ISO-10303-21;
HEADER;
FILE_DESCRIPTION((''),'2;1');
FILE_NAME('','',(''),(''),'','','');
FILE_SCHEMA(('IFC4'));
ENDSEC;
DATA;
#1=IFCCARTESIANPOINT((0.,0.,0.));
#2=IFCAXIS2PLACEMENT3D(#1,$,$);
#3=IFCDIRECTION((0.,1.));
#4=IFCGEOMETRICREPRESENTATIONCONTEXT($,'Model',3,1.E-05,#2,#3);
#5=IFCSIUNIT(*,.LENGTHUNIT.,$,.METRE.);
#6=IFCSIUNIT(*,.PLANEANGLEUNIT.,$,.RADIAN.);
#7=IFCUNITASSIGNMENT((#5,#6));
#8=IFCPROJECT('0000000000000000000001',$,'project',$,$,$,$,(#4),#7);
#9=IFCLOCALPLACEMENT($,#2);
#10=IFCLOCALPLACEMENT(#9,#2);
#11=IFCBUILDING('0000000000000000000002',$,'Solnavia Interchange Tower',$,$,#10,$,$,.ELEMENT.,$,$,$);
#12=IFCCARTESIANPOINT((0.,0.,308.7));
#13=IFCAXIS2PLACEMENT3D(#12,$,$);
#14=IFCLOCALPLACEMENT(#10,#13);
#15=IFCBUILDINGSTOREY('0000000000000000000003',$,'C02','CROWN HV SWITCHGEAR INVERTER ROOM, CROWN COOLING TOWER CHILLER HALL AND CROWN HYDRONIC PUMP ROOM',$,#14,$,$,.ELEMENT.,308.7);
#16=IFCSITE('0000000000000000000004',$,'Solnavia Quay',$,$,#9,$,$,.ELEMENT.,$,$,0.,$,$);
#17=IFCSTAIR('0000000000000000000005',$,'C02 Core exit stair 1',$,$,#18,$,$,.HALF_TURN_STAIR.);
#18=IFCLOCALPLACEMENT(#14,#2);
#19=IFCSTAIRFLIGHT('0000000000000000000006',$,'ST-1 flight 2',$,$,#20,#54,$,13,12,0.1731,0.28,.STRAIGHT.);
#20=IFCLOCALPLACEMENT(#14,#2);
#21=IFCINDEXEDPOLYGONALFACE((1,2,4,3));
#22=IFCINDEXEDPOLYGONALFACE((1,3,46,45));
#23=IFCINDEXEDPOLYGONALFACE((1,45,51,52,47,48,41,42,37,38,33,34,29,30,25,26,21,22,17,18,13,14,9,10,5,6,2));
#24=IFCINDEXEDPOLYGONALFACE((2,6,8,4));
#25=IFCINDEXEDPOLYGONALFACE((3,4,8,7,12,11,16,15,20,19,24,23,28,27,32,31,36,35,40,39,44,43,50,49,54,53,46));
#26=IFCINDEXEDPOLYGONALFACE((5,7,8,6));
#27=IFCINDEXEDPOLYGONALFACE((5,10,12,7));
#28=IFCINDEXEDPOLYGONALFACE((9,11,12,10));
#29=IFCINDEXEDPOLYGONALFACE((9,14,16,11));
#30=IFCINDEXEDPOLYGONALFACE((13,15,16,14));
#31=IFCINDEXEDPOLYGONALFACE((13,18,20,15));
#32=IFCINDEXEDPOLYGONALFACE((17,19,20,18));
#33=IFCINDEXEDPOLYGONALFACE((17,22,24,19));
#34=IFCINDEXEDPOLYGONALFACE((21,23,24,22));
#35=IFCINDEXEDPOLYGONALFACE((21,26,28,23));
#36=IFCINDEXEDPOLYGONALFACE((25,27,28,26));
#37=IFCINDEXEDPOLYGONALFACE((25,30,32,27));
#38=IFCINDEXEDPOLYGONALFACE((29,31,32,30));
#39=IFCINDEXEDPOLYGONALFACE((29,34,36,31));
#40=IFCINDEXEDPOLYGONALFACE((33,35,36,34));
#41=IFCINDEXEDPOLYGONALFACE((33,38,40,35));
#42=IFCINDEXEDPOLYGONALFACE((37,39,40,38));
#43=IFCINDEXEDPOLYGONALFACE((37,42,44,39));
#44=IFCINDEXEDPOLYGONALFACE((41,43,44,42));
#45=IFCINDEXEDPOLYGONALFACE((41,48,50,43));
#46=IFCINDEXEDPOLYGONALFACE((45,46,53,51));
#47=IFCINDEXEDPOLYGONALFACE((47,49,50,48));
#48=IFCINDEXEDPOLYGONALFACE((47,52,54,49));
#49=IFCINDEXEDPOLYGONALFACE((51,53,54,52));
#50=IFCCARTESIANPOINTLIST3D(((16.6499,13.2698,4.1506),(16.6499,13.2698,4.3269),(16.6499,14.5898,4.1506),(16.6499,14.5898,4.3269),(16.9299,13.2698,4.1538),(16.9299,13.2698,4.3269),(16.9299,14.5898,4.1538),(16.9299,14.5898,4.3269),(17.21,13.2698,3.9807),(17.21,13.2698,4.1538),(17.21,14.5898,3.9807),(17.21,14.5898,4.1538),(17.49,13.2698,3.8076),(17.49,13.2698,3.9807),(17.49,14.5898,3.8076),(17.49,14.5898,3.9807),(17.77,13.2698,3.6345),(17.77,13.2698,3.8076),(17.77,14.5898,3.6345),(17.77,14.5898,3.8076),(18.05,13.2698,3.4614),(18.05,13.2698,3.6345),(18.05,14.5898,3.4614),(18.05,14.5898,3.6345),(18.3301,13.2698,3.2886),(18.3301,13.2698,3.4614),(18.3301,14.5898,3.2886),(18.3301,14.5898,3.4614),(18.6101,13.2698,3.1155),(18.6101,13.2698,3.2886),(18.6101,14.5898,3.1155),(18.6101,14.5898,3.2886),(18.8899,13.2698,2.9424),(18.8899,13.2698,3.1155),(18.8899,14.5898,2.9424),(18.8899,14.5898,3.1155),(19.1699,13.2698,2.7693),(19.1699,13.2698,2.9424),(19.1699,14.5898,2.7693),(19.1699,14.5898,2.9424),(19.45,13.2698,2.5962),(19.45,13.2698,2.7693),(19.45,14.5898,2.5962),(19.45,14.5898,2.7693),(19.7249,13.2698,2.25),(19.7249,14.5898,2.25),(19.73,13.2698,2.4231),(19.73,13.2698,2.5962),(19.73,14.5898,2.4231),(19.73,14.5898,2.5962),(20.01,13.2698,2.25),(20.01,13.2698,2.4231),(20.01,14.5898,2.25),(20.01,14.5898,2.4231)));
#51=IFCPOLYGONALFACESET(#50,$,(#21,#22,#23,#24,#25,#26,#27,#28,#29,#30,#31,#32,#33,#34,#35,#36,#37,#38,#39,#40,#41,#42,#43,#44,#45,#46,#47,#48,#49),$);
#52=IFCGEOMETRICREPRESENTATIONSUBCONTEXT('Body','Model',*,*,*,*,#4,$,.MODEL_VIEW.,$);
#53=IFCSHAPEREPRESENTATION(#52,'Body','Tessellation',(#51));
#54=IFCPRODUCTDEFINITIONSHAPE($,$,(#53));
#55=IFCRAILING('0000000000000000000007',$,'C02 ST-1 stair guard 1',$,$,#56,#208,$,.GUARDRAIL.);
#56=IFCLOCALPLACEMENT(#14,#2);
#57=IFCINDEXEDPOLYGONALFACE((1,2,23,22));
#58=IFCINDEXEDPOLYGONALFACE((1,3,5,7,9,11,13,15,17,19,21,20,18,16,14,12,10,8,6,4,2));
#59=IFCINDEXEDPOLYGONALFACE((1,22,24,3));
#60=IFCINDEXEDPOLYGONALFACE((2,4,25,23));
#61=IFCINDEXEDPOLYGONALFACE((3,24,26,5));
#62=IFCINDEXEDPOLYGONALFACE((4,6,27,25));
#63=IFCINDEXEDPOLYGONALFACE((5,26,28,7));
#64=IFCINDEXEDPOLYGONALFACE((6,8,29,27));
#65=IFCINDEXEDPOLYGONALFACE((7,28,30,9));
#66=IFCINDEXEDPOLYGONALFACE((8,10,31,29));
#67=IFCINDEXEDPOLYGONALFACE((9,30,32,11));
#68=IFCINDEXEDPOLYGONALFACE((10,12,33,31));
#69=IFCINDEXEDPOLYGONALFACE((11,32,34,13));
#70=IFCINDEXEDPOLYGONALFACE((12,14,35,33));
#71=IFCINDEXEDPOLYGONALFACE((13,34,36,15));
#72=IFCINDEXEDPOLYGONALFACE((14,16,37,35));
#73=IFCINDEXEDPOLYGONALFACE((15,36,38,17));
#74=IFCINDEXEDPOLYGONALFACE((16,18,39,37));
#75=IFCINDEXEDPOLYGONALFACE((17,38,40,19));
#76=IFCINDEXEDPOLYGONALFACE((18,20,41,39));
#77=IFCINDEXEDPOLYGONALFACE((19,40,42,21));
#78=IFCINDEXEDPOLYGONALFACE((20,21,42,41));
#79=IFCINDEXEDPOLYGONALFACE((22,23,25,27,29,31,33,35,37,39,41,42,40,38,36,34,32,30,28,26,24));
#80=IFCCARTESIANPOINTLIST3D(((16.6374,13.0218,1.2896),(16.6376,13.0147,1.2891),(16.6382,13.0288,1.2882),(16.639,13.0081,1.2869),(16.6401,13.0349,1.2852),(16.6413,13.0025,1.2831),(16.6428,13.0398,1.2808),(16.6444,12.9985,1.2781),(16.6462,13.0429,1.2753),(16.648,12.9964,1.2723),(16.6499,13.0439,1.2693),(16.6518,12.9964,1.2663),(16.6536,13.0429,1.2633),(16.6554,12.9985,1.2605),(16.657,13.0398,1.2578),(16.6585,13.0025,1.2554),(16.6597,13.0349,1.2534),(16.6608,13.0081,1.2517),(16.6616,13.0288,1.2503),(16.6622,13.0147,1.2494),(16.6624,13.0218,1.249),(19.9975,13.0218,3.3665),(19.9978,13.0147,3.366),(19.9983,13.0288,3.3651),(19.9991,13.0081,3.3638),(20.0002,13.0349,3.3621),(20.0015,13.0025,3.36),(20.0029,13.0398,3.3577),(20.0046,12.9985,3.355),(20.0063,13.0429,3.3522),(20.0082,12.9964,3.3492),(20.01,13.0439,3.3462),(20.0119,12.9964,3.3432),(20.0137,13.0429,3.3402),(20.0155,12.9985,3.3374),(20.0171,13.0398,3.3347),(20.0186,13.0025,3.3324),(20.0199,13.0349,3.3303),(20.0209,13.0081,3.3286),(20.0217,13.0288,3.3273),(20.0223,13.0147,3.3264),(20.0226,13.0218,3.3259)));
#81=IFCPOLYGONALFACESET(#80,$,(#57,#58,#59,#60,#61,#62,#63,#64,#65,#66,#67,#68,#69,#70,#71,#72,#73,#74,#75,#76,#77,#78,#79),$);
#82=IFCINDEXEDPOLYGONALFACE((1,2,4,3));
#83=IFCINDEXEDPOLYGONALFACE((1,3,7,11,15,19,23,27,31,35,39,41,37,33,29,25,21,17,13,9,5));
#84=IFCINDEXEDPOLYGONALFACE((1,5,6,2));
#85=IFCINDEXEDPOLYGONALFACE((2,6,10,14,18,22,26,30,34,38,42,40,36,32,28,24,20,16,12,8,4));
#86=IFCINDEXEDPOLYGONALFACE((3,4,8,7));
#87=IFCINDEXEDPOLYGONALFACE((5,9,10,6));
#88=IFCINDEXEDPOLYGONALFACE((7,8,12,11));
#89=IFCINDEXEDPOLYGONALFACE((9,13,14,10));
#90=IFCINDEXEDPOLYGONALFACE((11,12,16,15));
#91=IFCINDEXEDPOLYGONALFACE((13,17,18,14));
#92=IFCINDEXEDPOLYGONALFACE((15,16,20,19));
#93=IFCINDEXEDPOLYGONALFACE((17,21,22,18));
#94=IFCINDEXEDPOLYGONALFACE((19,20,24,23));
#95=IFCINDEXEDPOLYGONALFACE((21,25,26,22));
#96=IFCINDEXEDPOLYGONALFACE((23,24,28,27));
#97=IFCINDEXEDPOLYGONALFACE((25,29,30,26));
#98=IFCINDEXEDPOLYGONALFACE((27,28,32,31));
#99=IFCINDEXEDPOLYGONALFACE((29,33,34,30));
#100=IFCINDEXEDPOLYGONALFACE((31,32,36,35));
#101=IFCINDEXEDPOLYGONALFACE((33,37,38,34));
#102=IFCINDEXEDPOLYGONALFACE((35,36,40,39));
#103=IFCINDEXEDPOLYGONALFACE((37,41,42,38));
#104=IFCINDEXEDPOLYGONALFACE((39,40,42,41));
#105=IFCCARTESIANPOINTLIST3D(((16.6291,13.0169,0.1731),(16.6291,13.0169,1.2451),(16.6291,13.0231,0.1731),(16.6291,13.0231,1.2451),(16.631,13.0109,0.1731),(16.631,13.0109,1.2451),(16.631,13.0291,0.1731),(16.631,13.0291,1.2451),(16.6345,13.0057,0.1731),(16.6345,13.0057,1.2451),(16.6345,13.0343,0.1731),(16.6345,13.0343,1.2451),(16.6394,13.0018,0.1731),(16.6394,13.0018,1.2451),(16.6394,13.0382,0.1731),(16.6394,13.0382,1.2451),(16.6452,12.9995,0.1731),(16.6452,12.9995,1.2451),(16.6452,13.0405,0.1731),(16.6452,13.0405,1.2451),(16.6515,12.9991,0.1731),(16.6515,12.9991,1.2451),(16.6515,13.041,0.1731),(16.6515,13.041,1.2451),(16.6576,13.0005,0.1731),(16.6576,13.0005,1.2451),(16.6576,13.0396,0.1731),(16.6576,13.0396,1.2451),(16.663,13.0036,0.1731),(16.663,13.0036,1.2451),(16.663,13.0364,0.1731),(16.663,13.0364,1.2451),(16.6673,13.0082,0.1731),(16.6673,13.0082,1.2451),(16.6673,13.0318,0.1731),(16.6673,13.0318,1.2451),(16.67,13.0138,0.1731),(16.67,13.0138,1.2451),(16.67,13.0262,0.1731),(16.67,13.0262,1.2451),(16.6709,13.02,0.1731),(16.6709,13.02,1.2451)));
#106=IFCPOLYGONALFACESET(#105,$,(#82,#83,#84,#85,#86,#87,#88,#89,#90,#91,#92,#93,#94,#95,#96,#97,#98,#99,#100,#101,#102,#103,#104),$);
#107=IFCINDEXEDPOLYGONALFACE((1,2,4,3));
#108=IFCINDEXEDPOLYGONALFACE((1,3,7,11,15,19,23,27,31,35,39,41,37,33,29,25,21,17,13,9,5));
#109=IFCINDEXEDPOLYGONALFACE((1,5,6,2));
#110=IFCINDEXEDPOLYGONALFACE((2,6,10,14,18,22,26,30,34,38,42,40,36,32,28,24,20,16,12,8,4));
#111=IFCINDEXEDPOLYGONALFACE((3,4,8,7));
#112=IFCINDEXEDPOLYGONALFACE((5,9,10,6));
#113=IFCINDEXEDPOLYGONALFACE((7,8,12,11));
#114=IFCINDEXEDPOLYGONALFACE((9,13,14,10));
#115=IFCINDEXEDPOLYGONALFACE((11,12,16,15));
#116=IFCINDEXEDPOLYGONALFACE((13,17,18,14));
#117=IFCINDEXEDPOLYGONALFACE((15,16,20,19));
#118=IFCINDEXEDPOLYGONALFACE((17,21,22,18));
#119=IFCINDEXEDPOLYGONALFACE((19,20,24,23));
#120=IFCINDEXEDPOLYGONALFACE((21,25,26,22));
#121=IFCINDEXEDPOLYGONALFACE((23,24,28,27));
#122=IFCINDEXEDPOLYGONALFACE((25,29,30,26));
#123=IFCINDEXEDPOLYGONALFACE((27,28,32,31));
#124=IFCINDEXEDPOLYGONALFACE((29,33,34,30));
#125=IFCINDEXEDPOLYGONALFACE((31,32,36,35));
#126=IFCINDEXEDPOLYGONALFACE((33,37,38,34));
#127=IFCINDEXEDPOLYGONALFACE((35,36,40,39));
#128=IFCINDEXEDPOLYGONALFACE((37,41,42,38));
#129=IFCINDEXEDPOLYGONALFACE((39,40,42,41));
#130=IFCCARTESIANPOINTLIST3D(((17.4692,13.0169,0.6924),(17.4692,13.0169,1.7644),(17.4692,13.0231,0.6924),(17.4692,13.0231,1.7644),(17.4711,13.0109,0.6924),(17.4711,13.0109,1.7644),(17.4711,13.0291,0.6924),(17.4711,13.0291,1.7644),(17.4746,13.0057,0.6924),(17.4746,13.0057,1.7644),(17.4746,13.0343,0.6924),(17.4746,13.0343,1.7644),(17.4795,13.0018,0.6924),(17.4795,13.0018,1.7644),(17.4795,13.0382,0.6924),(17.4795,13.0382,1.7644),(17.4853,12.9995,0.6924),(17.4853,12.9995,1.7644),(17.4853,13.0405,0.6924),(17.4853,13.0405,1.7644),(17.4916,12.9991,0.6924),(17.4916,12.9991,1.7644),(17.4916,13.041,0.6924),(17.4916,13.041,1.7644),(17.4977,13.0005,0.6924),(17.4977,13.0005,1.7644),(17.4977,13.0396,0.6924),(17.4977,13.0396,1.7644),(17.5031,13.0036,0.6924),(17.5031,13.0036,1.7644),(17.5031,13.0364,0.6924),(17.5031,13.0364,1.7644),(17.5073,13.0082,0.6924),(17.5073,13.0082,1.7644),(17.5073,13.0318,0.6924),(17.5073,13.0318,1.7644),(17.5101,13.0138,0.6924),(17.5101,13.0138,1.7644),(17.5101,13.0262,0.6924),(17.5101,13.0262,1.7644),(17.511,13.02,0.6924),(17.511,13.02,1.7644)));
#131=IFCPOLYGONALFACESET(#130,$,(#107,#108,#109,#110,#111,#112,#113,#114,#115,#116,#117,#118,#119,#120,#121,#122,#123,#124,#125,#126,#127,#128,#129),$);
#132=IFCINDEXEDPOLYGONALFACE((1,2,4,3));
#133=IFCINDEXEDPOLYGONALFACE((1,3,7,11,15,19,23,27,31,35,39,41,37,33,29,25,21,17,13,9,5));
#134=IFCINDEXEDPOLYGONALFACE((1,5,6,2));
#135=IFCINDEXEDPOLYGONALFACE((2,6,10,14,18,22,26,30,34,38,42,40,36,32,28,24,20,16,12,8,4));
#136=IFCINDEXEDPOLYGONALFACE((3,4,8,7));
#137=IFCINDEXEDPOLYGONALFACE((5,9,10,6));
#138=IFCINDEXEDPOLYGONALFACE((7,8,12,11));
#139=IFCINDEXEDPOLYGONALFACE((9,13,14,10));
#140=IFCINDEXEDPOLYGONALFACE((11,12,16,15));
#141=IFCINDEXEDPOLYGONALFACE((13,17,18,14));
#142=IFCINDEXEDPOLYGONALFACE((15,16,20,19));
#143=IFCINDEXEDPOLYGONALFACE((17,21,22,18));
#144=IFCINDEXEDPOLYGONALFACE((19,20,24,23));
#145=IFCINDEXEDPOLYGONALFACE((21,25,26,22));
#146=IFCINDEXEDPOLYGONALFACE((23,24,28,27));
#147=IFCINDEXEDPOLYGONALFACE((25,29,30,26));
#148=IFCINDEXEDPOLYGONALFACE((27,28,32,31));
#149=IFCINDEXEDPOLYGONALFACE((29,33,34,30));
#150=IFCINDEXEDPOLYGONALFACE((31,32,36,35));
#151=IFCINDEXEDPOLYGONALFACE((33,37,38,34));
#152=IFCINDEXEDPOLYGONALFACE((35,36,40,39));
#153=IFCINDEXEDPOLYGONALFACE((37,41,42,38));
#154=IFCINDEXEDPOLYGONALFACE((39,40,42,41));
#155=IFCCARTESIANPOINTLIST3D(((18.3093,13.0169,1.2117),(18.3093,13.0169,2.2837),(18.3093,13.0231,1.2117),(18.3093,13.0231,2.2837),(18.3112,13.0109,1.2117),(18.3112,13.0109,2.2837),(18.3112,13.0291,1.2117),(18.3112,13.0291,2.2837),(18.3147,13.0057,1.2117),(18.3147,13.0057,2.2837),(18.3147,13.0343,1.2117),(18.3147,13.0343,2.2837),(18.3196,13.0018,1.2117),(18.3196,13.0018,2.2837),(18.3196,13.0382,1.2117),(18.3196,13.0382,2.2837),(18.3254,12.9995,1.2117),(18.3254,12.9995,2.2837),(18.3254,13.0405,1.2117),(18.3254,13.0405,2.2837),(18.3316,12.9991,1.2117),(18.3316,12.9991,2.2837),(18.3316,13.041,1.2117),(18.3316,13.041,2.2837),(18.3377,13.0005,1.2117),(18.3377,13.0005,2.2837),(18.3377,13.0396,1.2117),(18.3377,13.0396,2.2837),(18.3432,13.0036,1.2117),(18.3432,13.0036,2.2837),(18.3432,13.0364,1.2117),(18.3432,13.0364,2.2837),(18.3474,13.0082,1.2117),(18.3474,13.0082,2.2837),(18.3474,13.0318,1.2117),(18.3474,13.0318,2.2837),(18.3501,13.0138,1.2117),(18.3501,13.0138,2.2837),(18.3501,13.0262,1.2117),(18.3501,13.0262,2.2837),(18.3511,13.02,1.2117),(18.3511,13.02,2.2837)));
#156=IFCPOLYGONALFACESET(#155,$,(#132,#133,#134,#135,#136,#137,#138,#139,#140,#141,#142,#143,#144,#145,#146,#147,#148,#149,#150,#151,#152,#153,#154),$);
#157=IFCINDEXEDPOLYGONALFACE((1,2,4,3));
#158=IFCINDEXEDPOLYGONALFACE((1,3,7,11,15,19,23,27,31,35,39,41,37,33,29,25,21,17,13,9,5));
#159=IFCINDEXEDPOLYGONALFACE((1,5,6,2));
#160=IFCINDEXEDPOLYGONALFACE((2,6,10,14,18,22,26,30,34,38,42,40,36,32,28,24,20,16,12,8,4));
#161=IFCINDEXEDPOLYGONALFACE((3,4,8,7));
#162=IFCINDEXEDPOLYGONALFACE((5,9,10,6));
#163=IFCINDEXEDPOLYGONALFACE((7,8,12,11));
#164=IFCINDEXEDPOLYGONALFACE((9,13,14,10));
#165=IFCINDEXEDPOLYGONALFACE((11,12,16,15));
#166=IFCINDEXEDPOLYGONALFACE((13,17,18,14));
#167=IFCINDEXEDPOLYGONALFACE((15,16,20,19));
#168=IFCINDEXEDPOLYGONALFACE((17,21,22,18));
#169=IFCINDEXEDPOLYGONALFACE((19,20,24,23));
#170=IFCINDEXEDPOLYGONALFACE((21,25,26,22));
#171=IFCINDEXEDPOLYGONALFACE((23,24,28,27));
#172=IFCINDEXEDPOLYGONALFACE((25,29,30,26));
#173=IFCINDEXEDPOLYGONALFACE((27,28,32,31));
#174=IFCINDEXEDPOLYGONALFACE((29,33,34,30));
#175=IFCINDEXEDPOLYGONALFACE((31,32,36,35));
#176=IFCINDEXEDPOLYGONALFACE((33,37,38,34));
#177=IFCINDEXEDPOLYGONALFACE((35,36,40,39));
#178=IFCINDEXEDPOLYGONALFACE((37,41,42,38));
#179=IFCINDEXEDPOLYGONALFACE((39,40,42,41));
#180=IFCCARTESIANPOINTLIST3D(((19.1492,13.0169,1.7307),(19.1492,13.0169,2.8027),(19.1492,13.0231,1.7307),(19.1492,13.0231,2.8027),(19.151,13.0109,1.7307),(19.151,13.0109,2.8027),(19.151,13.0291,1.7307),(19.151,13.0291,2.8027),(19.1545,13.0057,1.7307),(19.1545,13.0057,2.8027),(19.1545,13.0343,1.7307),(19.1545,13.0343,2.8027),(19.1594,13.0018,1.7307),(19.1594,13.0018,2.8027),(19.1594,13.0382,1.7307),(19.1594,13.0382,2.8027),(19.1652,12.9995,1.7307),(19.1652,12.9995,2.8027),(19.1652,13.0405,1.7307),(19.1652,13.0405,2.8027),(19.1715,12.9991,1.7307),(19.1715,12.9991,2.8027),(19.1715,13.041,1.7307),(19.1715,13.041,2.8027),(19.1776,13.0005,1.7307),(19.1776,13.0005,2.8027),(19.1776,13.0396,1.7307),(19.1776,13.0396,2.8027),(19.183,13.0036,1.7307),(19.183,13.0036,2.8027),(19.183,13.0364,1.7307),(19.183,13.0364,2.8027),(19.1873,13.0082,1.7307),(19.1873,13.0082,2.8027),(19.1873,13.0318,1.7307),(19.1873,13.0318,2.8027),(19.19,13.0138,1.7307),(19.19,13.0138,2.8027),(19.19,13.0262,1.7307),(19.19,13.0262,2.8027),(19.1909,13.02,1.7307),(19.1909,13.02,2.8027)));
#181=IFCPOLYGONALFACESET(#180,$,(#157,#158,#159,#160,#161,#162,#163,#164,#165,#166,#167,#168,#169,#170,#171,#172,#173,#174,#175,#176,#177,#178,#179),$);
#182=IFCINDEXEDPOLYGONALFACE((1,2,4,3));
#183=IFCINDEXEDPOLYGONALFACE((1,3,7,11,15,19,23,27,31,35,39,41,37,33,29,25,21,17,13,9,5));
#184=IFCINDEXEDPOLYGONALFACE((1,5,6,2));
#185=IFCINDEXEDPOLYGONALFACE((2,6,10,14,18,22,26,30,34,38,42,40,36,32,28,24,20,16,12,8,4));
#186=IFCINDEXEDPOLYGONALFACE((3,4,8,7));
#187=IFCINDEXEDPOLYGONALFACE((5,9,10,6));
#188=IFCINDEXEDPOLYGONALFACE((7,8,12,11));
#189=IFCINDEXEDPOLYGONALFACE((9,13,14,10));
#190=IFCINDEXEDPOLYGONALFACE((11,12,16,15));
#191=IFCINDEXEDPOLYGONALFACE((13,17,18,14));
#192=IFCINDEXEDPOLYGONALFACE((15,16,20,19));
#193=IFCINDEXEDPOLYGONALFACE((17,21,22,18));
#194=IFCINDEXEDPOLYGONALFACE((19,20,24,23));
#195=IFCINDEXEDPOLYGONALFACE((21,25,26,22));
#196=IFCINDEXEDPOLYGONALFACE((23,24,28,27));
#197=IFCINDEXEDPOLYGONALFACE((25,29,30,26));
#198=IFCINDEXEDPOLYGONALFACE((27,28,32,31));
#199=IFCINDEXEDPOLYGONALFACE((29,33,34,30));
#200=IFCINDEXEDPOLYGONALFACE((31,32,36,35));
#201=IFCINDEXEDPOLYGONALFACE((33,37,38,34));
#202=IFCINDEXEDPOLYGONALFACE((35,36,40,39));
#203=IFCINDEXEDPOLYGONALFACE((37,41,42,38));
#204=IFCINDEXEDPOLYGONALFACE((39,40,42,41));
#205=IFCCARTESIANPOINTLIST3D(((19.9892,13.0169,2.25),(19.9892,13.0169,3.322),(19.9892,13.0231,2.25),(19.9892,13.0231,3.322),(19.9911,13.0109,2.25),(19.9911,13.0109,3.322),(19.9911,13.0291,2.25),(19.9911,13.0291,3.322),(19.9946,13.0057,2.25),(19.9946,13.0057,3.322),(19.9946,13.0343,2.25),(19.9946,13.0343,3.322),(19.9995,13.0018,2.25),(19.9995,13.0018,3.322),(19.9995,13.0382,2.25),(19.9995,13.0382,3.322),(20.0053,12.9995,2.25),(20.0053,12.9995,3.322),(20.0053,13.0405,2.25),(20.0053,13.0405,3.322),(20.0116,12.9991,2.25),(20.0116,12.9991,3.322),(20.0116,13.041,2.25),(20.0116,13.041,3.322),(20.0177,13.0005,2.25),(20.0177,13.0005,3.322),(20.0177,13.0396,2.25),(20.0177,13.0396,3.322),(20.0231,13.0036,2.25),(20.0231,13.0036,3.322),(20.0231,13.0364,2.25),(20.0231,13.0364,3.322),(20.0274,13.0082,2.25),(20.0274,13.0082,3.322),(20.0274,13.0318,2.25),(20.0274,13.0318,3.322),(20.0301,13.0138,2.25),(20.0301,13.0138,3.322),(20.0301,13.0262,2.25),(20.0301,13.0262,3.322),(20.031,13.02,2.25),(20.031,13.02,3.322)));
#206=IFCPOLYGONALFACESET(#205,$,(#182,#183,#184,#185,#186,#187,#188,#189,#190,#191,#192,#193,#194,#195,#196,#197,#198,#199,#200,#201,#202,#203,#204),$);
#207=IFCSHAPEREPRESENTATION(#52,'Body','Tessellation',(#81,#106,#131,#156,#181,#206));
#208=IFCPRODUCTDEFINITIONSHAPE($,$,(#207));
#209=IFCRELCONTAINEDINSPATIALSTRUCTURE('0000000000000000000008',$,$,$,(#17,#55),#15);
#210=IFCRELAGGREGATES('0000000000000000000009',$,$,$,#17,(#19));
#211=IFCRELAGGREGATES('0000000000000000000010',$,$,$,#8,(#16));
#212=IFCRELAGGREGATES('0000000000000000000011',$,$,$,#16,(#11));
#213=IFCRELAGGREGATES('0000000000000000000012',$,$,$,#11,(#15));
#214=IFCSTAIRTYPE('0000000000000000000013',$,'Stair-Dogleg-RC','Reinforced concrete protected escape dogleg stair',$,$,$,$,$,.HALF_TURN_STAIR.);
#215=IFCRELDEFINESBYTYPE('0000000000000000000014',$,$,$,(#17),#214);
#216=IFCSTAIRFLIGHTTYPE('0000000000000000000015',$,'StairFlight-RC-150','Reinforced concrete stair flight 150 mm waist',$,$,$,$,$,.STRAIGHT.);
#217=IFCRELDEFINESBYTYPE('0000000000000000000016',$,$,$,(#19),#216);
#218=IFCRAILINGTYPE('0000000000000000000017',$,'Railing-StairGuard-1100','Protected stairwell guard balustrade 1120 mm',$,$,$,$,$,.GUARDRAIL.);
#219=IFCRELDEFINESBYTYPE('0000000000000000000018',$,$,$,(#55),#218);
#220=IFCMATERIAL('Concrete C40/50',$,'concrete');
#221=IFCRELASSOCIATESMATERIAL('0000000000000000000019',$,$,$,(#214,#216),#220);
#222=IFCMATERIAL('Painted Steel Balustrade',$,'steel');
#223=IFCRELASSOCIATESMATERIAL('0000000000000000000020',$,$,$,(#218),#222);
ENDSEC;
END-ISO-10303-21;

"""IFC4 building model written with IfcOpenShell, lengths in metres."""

from ifc_helpers import new_model, si_unit, direction, frame, origin, origin_2d, place, context, subcontext, project, spatial, polyline, circle, outline, extrude, material, type_object, element, aggregate, save


model = new_model("IFC4")

# Units and contexts
model_context = context("Model", 3, precision=1e-05, world=origin(), true_north=direction((0.0, 1.0)))
body_context = subcontext(model_context, "Body", "Model", "MODEL_VIEW")
ifc_project = project(units=[si_unit("LENGTHUNIT", "METRE"), si_unit("PLANEANGLEUNIT", "RADIAN")], contexts=[model_context])

# Site, building, storey
site_placement = place(None, origin())
site = spatial("IfcSite", under=ifc_project, at=site_placement, Name="Solnavia Quay", CompositionType="ELEMENT", RefElevation=0.0)
building_placement = place(site_placement, origin())
building = spatial("IfcBuilding", under=site, at=building_placement, Name="Solnavia Interchange Tower", CompositionType="ELEMENT")
storey_placement = place(building_placement, frame((0.0, 0.0, 308.7)))
storey = spatial("IfcBuildingStorey", under=building, at=storey_placement, Name="C02", Description="CROWN HV SWITCHGEAR INVERTER ROOM, CROWN COOLING TOWER CHILLER HALL AND CROWN HYDRONIC PUMP ROOM", CompositionType="ELEMENT", Elevation=308.7)

# Shared definitions
ifc_material_1 = material(Name="Concrete C40/50", Category="concrete")

# Stair, stair flight
stair_type = type_object("IfcStairType", Name="Stair-Dogleg-RC", Description="Reinforced concrete protected escape dogleg stair", PredefinedType="HALF_TURN_STAIR", material=ifc_material_1)
stair_placement = place(storey_placement, origin())
stair = element("IfcStair", 1, at=stair_placement, inside=storey, type_object=stair_type, Name="C02 Core exit stair 1", PredefinedType="HALF_TURN_STAIR")
stair_flight_type = type_object("IfcStairFlightType", Name="StairFlight-RC-150", Description="Reinforced concrete stair flight 150 mm waist", PredefinedType="STRAIGHT", material=ifc_material_1)
stair_flight_1_placement = place(storey_placement, frame((20.01, 13.9299, 2.25), z_axis=(0.0, 0.0, 1.0), x_axis=(-1.0, 0.0, 0.0)))
stair_flight_1 = element("IfcStairFlight", 2, at=stair_flight_1_placement, type_object=stair_flight_type, Name="ST-1 flight 2", NumberOfRisers=13, NumberOfTreads=12, PredefinedType="STRAIGHT", RiserHeight=0.1731, TreadLength=0.28, context=body_context, shape_type="SweptSolid", body=[
    extrude(outline(polyline([(0.0, 0.0), (0.0, 0.1731), (0.28, 0.1731), (0.28, 0.3462), (0.5601, 0.3462), (0.5601, 0.5193), (0.8401, 0.5193), (0.8401, 0.6924), (1.1201, 0.6924), (1.1201, 0.8655), (1.3999, 0.8655), (1.3999, 1.0386), (1.6799, 1.0386), (1.6799, 1.2114), (1.96, 1.2114), (1.96, 1.3845), (2.24, 1.3845), (2.24, 1.5576), (2.52, 1.5576), (2.52, 1.7307), (2.8, 1.7307), (2.8, 1.9038), (3.0801, 1.9038), (3.0801, 2.0769), (3.3601, 2.0769), (3.3601, 2.25), (3.3601, 1.9006), (0.2852, 0.0), (0.0, 0.0)])), frame((0.0, 0.6602, 0.0), z_axis=(0.0, -1.0, 0.0), x_axis=(1.0, 0.0, 0.0)), (0.0, 0.0, 1.0), 1.3201),
])
aggregate(stair, [stair_flight_1])

# Railing
ifc_material_2 = material(Name="Painted Steel Balustrade", Category="steel")
railing_type_1 = type_object("IfcRailingType", Name="Railing-StairGuard-1100", Description="Protected stairwell guard balustrade 1120 mm", PredefinedType="GUARDRAIL", material=ifc_material_2)
railing_1_placement = place(storey_placement, frame((16.6499, 13.02, 0.1731)))
element("IfcRailing", 3, at=railing_1_placement, inside=storey, type_object=railing_type_1, Name="C02 ST-1 stair guard 1", PredefinedType="GUARDRAIL", context=body_context, shape_type="SweptSolid", body=[
    extrude(circle(Radius=0.0239, at=origin_2d()), frame((0.0, 0.0, 1.0962), z_axis=(0.850623, 0.0, 0.525776), x_axis=(0.0, 1.0, 0.0)), (0.0, 0.0, 1.0), 3.9502),
    extrude(circle(Radius=0.021, at=origin_2d()), origin(), (0.0, 0.0, 1.0), 1.072),
    extrude(circle(Radius=0.021, at=origin_2d()), frame((0.8401, 0.0, 0.5193)), (0.0, 0.0, 1.0), 1.072),
    extrude(circle(Radius=0.021, at=origin_2d()), frame((1.6802, 0.0, 1.0386)), (0.0, 0.0, 1.0), 1.072),
    extrude(circle(Radius=0.021, at=origin_2d()), frame((2.52, 0.0, 1.5576)), (0.0, 0.0, 1.0), 1.072),
    extrude(circle(Radius=0.021, at=origin_2d()), frame((3.3601, 0.0, 2.0769)), (0.0, 0.0, 1.0), 1.072),
])

save(model, "model.ifc")
